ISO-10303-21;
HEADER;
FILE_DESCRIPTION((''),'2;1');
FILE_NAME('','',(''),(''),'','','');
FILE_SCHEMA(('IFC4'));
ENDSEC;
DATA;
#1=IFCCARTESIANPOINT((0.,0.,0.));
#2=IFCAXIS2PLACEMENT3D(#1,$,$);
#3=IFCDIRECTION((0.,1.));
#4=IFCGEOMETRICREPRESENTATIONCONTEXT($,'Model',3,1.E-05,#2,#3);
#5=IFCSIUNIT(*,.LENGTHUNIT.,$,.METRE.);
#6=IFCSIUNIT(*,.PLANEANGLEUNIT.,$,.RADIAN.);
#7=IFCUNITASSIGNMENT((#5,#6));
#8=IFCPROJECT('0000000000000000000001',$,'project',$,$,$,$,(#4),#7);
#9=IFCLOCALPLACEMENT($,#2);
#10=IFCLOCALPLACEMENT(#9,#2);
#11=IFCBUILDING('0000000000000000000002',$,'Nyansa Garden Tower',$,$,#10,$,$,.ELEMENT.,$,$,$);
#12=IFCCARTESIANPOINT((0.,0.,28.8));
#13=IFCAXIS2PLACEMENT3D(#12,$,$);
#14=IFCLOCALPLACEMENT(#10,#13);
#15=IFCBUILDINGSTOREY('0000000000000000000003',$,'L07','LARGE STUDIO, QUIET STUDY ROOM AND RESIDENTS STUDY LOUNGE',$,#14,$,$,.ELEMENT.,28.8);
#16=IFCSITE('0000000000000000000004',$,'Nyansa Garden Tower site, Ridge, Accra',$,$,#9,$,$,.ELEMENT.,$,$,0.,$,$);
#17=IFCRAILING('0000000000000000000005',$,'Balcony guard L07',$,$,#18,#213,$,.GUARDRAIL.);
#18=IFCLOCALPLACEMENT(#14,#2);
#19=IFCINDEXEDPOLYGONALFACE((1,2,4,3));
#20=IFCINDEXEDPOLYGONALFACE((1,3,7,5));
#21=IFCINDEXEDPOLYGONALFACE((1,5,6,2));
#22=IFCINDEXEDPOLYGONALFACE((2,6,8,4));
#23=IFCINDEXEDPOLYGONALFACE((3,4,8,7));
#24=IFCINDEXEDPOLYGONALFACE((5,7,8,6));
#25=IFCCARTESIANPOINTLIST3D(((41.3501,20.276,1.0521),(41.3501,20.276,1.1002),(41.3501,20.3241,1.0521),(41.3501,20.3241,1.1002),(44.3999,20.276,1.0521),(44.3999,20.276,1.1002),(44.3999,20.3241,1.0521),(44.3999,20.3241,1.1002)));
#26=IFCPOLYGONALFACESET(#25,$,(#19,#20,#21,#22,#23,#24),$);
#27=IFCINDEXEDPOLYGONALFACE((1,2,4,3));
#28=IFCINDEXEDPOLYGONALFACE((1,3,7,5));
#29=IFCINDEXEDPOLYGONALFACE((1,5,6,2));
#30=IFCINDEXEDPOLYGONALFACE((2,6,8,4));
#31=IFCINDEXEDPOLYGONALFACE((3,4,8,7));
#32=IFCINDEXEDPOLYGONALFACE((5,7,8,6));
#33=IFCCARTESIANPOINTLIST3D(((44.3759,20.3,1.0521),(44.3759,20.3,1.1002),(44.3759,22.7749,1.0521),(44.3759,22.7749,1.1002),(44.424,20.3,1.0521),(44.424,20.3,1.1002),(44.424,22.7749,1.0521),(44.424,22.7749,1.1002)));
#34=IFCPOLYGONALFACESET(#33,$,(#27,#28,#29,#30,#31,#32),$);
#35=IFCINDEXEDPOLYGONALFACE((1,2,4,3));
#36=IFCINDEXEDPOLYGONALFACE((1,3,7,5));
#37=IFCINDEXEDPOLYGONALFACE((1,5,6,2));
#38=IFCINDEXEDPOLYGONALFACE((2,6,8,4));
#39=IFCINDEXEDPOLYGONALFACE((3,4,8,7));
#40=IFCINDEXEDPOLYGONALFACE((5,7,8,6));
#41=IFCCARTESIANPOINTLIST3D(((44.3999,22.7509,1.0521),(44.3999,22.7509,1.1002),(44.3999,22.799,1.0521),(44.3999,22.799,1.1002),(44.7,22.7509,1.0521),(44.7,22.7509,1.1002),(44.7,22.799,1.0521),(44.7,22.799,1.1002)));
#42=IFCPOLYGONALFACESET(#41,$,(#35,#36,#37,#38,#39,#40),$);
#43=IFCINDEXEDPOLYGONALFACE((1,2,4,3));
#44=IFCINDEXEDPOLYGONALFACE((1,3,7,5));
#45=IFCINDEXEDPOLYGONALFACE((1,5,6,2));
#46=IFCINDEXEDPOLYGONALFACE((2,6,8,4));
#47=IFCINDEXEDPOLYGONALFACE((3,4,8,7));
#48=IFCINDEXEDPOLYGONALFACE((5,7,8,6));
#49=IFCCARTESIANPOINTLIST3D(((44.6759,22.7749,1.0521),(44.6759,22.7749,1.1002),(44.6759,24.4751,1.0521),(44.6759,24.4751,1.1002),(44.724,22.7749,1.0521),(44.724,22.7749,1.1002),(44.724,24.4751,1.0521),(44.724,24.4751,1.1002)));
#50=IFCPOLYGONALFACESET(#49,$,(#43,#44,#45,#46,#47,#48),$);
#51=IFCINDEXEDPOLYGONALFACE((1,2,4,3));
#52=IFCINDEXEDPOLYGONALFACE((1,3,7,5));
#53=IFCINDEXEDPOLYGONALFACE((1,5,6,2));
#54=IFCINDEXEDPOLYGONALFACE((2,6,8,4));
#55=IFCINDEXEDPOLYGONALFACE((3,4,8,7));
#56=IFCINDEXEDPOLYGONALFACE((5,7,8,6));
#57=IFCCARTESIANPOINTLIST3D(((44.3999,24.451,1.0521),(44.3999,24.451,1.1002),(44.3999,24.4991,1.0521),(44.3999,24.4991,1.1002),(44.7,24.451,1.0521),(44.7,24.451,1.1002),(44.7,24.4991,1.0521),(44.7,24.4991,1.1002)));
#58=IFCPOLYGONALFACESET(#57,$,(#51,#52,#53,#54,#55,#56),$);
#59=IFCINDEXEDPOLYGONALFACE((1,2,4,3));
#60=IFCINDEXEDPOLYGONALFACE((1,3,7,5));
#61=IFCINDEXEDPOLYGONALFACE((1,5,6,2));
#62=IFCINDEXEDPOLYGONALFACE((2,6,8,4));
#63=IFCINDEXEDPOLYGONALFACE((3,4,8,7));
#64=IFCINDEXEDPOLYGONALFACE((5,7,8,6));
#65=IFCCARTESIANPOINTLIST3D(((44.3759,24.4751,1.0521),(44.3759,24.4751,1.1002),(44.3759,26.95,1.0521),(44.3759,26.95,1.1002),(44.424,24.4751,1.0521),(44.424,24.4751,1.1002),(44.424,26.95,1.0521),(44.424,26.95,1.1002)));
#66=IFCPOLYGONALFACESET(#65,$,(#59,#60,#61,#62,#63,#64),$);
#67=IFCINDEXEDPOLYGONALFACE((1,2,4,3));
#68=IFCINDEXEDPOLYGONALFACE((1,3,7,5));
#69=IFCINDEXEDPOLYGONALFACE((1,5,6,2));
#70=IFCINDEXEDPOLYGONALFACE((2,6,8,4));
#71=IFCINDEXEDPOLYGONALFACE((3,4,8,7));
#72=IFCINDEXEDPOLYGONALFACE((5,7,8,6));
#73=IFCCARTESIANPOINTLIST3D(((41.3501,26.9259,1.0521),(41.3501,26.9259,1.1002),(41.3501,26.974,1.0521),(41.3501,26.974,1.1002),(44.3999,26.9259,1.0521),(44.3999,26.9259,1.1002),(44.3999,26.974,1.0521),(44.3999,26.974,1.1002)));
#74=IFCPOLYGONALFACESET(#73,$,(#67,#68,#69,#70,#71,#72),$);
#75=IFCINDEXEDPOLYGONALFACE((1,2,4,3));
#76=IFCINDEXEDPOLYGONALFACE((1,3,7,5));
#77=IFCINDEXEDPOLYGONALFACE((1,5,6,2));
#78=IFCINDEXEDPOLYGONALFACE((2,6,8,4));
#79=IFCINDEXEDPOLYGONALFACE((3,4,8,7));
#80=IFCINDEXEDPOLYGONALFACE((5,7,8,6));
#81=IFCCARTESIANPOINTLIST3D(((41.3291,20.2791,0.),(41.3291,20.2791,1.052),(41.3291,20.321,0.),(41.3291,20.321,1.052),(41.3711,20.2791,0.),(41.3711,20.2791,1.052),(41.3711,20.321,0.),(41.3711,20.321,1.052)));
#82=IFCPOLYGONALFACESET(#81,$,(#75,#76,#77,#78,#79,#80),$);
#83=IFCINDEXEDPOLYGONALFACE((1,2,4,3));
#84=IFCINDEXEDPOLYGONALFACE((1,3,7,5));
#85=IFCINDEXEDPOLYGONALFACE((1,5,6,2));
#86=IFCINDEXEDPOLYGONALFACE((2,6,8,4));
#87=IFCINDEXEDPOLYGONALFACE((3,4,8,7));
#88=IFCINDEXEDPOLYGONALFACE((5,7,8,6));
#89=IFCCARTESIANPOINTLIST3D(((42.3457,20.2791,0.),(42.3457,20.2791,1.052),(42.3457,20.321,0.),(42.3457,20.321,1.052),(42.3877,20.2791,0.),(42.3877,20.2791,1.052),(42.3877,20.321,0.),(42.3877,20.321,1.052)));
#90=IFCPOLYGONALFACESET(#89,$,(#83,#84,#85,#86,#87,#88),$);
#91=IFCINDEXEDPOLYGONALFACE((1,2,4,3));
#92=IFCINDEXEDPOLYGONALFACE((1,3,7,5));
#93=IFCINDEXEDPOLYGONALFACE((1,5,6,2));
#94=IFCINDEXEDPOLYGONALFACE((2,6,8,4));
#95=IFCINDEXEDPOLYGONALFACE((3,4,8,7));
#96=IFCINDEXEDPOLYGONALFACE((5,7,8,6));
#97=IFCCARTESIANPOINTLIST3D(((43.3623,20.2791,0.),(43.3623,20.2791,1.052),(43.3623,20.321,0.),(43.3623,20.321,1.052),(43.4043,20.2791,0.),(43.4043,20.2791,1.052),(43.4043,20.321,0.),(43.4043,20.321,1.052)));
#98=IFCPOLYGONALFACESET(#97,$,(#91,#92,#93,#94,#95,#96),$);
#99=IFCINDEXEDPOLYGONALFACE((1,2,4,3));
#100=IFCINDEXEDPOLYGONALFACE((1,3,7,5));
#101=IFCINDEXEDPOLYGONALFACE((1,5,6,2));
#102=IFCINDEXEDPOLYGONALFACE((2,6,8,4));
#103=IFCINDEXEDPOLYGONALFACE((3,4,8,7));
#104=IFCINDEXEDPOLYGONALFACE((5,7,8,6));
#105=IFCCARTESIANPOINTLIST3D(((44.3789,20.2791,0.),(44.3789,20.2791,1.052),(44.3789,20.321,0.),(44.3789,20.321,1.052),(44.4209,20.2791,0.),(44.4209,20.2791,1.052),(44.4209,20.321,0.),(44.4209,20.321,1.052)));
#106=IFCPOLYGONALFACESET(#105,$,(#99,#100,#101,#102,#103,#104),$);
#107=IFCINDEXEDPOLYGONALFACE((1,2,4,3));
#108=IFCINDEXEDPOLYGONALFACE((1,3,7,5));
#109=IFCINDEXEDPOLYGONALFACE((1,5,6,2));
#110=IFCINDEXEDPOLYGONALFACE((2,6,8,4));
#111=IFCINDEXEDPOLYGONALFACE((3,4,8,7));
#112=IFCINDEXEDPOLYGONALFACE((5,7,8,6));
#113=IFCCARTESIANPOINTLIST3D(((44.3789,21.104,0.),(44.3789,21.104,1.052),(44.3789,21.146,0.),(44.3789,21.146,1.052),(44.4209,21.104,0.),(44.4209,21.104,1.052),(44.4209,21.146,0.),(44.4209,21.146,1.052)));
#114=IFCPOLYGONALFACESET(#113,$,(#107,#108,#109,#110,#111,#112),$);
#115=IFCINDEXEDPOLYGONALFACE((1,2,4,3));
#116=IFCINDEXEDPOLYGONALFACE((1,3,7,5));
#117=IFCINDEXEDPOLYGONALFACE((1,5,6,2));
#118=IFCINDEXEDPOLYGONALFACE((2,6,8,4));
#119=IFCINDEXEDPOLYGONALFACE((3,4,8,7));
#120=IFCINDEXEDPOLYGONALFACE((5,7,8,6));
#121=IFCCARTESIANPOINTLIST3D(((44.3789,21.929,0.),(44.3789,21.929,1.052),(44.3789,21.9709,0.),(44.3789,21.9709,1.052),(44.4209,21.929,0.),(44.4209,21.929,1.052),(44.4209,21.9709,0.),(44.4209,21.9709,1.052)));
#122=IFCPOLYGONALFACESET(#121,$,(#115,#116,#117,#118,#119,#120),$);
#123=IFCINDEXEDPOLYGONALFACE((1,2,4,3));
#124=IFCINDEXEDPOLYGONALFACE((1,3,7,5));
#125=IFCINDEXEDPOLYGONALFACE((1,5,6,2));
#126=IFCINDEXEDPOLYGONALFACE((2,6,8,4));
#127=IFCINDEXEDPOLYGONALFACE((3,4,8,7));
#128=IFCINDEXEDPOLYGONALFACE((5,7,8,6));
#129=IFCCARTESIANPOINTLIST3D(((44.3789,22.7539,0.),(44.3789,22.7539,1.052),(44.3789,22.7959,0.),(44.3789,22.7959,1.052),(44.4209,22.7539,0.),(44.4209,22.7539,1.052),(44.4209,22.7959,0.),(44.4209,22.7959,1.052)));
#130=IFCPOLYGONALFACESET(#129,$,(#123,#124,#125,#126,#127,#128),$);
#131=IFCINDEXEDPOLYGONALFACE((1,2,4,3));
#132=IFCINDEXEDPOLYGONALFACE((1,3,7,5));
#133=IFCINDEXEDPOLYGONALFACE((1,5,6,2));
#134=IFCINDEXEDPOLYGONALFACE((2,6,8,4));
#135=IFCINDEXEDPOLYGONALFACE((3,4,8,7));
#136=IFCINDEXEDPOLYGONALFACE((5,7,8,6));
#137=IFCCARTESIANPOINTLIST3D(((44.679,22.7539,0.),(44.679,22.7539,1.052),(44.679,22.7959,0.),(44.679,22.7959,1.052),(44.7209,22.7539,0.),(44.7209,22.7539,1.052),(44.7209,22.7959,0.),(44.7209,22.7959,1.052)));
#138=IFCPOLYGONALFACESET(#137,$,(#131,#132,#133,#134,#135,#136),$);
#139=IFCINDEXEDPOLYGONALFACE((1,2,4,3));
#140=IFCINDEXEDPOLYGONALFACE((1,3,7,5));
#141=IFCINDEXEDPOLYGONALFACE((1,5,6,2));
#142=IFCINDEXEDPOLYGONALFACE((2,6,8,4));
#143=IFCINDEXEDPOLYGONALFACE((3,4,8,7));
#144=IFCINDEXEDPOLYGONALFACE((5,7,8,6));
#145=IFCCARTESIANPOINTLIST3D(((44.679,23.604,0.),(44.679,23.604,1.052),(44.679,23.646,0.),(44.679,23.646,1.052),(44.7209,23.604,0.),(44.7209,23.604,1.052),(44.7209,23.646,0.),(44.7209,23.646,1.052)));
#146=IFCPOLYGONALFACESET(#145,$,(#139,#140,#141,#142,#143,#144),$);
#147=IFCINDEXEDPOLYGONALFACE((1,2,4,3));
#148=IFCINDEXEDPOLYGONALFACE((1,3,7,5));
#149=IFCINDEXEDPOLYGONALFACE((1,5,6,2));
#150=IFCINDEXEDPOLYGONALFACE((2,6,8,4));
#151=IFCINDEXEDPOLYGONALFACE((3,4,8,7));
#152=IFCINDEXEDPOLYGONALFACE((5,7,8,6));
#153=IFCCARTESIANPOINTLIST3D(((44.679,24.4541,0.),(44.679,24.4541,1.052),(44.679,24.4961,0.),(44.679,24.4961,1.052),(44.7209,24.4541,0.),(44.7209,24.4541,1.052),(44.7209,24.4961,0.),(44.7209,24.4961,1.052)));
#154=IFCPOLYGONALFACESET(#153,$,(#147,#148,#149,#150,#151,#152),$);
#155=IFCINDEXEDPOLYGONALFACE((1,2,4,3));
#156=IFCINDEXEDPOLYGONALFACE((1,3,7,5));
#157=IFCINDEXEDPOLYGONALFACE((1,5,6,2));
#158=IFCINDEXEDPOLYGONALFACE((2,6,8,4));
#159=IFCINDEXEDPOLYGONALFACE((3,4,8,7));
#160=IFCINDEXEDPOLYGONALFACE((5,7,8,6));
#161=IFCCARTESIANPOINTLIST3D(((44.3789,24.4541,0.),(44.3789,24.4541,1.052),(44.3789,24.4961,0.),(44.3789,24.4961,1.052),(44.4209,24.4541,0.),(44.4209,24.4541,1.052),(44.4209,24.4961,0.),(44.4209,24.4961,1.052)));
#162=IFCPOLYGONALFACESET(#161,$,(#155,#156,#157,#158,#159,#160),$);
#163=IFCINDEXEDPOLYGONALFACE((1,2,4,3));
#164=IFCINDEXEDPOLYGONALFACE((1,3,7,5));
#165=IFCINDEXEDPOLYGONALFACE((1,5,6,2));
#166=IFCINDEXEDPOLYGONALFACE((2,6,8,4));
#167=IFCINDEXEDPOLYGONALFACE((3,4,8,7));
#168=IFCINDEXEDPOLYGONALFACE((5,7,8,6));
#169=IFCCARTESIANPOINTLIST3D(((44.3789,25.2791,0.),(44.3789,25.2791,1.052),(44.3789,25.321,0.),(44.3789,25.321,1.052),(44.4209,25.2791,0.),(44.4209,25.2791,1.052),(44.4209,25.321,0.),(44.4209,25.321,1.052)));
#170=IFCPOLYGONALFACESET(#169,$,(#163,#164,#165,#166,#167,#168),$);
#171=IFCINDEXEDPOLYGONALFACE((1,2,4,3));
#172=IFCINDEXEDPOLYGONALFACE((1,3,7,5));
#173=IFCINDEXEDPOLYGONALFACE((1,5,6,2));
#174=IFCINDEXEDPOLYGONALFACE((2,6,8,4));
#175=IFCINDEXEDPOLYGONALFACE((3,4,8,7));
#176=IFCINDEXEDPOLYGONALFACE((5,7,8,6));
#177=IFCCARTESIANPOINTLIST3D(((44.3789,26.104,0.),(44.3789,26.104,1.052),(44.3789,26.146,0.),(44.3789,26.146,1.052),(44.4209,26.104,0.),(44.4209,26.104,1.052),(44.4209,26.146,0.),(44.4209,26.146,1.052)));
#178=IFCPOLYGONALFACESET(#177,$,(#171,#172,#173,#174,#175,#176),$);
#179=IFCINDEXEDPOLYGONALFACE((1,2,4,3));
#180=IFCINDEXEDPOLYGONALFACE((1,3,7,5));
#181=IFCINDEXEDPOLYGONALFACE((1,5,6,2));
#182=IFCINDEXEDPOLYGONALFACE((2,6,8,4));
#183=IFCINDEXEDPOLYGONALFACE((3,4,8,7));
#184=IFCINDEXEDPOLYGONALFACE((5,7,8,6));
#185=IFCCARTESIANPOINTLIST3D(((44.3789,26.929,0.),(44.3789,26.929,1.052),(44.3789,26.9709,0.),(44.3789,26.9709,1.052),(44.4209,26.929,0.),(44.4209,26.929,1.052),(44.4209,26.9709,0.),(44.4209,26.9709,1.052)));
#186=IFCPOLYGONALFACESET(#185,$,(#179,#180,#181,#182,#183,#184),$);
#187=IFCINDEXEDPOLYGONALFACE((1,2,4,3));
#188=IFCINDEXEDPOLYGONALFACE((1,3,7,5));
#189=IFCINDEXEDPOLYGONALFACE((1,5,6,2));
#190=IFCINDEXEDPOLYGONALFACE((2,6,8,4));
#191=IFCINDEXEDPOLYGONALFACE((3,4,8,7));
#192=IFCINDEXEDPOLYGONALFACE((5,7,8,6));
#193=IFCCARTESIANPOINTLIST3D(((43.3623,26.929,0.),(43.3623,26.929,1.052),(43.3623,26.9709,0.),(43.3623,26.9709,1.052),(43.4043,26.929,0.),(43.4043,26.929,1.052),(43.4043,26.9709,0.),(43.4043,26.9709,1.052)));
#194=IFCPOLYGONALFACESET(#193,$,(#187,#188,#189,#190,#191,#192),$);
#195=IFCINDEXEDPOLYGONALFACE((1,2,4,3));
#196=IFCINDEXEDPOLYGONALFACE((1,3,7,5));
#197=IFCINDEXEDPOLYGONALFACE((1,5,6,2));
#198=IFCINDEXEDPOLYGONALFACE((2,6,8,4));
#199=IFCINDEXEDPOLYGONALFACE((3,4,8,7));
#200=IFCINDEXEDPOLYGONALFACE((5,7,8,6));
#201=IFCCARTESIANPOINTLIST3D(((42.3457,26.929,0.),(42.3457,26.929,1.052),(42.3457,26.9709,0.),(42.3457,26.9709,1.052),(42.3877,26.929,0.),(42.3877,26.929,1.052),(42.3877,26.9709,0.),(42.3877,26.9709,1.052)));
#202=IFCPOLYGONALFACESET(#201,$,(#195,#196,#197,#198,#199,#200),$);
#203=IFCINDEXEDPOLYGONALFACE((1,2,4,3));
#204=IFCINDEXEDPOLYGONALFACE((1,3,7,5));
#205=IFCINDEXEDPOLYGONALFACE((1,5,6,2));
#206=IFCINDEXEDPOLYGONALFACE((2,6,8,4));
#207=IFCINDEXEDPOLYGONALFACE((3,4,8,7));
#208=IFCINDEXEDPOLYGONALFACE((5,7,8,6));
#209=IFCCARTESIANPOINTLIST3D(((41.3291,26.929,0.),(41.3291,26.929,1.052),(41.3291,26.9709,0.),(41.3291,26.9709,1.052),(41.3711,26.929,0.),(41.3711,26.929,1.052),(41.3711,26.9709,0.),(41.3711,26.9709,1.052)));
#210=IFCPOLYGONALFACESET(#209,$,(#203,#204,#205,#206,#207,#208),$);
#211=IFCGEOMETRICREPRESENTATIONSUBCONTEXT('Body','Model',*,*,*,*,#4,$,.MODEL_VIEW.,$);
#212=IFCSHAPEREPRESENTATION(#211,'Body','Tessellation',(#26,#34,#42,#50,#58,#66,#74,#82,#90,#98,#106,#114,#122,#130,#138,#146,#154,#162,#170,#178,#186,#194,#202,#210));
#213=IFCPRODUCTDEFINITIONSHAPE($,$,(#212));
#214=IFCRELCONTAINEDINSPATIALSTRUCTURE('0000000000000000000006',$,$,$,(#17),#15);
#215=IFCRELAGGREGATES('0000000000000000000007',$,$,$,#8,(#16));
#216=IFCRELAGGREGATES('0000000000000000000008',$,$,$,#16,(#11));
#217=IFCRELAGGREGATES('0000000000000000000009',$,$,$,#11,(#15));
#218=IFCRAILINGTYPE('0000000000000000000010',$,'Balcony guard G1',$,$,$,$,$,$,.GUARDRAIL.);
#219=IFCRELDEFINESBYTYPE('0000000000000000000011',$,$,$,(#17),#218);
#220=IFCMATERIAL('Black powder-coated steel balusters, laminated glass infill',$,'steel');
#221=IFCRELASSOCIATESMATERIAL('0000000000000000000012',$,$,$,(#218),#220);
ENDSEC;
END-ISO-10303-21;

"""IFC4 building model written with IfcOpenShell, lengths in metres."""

from ifc_helpers import new_model, si_unit, direction, frame, origin, origin_2d, place, context, subcontext, project, spatial, rectangle, extrude, material, type_object, element, save


model = new_model("IFC4")

# Units and contexts
model_context = context("Model", 3, precision=1e-05, world=origin(), true_north=direction((0.0, 1.0)))
body_context = subcontext(model_context, "Body", "Model", "MODEL_VIEW")
ifc_project = project(units=[si_unit("LENGTHUNIT", "METRE"), si_unit("PLANEANGLEUNIT", "RADIAN")], contexts=[model_context])

# Site, building, storey
site_placement = place(None, origin())
site = spatial("IfcSite", under=ifc_project, at=site_placement, Name="Nyansa Garden Tower site, Ridge, Accra", CompositionType="ELEMENT", RefElevation=0.0)
building_placement = place(site_placement, origin())
building = spatial("IfcBuilding", under=site, at=building_placement, Name="Nyansa Garden Tower", CompositionType="ELEMENT")
storey_placement = place(building_placement, frame((0.0, 0.0, 28.8)))
storey = spatial("IfcBuildingStorey", under=building, at=storey_placement, Name="L07", Description="LARGE STUDIO, QUIET STUDY ROOM AND RESIDENTS STUDY LOUNGE", CompositionType="ELEMENT", Elevation=28.8)

# Railing
ifc_material_1 = material(Name="Black powder-coated steel balusters, laminated glass infill", Category="steel")
railing_type = type_object("IfcRailingType", Name="Balcony guard G1", PredefinedType="GUARDRAIL", material=ifc_material_1)
railing_placement = place(storey_placement, frame((41.3501, 20.3, 0.0)))
element("IfcRailing", 1, at=railing_placement, inside=storey, type_object=railing_type, Name="Balcony guard L07", PredefinedType="GUARDRAIL", context=body_context, shape_type="SweptSolid", body=[
    extrude(rectangle(XDim=0.0481, YDim=0.0481, at=origin_2d()), frame((0.0, 0.0, 1.0762), z_axis=(1.0, 0.0, 0.0), x_axis=(0.0, 1.0, 0.0)), (0.0, 0.0, 1.0), 3.0498),
    extrude(rectangle(XDim=0.0481, YDim=0.0481, at=origin_2d()), frame((3.0498, 0.0, 1.0762), z_axis=(0.0, 1.0, 0.0), x_axis=(-1.0, 0.0, 0.0)), (0.0, 0.0, 1.0), 2.4749),
    extrude(rectangle(XDim=0.0481, YDim=0.0481, at=origin_2d()), frame((3.0498, 2.4749, 1.0762), z_axis=(1.0, 0.0, 0.0), x_axis=(0.0, 1.0, 0.0)), (0.0, 0.0, 1.0), 0.3),
    extrude(rectangle(XDim=0.0481, YDim=0.0481, at=origin_2d()), frame((3.3499, 2.4749, 1.0762), z_axis=(0.0, 1.0, 0.0), x_axis=(-1.0, 0.0, 0.0)), (0.0, 0.0, 1.0), 1.7002),
    extrude(rectangle(XDim=0.0481, YDim=0.0481, at=origin_2d()), frame((3.3499, 4.175, 1.0762), z_axis=(-1.0, 0.0, 0.0), x_axis=(0.0, -1.0, 0.0)), (0.0, 0.0, 1.0), 0.3),
    extrude(rectangle(XDim=0.0481, YDim=0.0481, at=origin_2d()), frame((3.0498, 4.175, 1.0762), z_axis=(0.0, 1.0, 0.0), x_axis=(-1.0, 0.0, 0.0)), (0.0, 0.0, 1.0), 2.4749),
    extrude(rectangle(XDim=0.0481, YDim=0.0481, at=origin_2d()), frame((3.0498, 6.6499, 1.0762), z_axis=(-1.0, 0.0, 0.0), x_axis=(0.0, -1.0, 0.0)), (0.0, 0.0, 1.0), 3.0498),
    extrude(rectangle(XDim=0.042, YDim=0.042, at=origin_2d()), origin(), (0.0, 0.0, 1.0), 1.052),
    extrude(rectangle(XDim=0.042, YDim=0.042, at=origin_2d()), frame((1.0166, 0.0, 0.0)), (0.0, 0.0, 1.0), 1.052),
    extrude(rectangle(XDim=0.042, YDim=0.042, at=origin_2d()), frame((2.0332, 0.0, 0.0)), (0.0, 0.0, 1.0), 1.052),
    extrude(rectangle(XDim=0.042, YDim=0.042, at=origin_2d()), frame((3.0498, 0.0, 0.0)), (0.0, 0.0, 1.0), 1.052),
    extrude(rectangle(XDim=0.042, YDim=0.042, at=origin_2d()), frame((3.0498, 0.825, 0.0)), (0.0, 0.0, 1.0), 1.052),
    extrude(rectangle(XDim=0.042, YDim=0.042, at=origin_2d()), frame((3.0498, 1.6499, 0.0)), (0.0, 0.0, 1.0), 1.052),
    extrude(rectangle(XDim=0.042, YDim=0.042, at=origin_2d()), frame((3.0498, 2.4749, 0.0)), (0.0, 0.0, 1.0), 1.052),
    extrude(rectangle(XDim=0.042, YDim=0.042, at=origin_2d()), frame((3.3499, 2.4749, 0.0)), (0.0, 0.0, 1.0), 1.052),
    extrude(rectangle(XDim=0.042, YDim=0.042, at=origin_2d()), frame((3.3499, 3.325, 0.0)), (0.0, 0.0, 1.0), 1.052),
    extrude(rectangle(XDim=0.042, YDim=0.042, at=origin_2d()), frame((3.3499, 4.175, 0.0)), (0.0, 0.0, 1.0), 1.052),
    extrude(rectangle(XDim=0.042, YDim=0.042, at=origin_2d()), frame((3.0498, 4.175, 0.0)), (0.0, 0.0, 1.0), 1.052),
    extrude(rectangle(XDim=0.042, YDim=0.042, at=origin_2d()), frame((3.0498, 5.0, 0.0)), (0.0, 0.0, 1.0), 1.052),
    extrude(rectangle(XDim=0.042, YDim=0.042, at=origin_2d()), frame((3.0498, 5.825, 0.0)), (0.0, 0.0, 1.0), 1.052),
    extrude(rectangle(XDim=0.042, YDim=0.042, at=origin_2d()), frame((3.0498, 6.6499, 0.0)), (0.0, 0.0, 1.0), 1.052),
    extrude(rectangle(XDim=0.042, YDim=0.042, at=origin_2d()), frame((2.0332, 6.6499, 0.0)), (0.0, 0.0, 1.0), 1.052),
    extrude(rectangle(XDim=0.042, YDim=0.042, at=origin_2d()), frame((1.0166, 6.6499, 0.0)), (0.0, 0.0, 1.0), 1.052),
    extrude(rectangle(XDim=0.042, YDim=0.042, at=origin_2d()), frame((0.0, 6.6499, 0.0)), (0.0, 0.0, 1.0), 1.052),
])

save(model, "model.ifc")
